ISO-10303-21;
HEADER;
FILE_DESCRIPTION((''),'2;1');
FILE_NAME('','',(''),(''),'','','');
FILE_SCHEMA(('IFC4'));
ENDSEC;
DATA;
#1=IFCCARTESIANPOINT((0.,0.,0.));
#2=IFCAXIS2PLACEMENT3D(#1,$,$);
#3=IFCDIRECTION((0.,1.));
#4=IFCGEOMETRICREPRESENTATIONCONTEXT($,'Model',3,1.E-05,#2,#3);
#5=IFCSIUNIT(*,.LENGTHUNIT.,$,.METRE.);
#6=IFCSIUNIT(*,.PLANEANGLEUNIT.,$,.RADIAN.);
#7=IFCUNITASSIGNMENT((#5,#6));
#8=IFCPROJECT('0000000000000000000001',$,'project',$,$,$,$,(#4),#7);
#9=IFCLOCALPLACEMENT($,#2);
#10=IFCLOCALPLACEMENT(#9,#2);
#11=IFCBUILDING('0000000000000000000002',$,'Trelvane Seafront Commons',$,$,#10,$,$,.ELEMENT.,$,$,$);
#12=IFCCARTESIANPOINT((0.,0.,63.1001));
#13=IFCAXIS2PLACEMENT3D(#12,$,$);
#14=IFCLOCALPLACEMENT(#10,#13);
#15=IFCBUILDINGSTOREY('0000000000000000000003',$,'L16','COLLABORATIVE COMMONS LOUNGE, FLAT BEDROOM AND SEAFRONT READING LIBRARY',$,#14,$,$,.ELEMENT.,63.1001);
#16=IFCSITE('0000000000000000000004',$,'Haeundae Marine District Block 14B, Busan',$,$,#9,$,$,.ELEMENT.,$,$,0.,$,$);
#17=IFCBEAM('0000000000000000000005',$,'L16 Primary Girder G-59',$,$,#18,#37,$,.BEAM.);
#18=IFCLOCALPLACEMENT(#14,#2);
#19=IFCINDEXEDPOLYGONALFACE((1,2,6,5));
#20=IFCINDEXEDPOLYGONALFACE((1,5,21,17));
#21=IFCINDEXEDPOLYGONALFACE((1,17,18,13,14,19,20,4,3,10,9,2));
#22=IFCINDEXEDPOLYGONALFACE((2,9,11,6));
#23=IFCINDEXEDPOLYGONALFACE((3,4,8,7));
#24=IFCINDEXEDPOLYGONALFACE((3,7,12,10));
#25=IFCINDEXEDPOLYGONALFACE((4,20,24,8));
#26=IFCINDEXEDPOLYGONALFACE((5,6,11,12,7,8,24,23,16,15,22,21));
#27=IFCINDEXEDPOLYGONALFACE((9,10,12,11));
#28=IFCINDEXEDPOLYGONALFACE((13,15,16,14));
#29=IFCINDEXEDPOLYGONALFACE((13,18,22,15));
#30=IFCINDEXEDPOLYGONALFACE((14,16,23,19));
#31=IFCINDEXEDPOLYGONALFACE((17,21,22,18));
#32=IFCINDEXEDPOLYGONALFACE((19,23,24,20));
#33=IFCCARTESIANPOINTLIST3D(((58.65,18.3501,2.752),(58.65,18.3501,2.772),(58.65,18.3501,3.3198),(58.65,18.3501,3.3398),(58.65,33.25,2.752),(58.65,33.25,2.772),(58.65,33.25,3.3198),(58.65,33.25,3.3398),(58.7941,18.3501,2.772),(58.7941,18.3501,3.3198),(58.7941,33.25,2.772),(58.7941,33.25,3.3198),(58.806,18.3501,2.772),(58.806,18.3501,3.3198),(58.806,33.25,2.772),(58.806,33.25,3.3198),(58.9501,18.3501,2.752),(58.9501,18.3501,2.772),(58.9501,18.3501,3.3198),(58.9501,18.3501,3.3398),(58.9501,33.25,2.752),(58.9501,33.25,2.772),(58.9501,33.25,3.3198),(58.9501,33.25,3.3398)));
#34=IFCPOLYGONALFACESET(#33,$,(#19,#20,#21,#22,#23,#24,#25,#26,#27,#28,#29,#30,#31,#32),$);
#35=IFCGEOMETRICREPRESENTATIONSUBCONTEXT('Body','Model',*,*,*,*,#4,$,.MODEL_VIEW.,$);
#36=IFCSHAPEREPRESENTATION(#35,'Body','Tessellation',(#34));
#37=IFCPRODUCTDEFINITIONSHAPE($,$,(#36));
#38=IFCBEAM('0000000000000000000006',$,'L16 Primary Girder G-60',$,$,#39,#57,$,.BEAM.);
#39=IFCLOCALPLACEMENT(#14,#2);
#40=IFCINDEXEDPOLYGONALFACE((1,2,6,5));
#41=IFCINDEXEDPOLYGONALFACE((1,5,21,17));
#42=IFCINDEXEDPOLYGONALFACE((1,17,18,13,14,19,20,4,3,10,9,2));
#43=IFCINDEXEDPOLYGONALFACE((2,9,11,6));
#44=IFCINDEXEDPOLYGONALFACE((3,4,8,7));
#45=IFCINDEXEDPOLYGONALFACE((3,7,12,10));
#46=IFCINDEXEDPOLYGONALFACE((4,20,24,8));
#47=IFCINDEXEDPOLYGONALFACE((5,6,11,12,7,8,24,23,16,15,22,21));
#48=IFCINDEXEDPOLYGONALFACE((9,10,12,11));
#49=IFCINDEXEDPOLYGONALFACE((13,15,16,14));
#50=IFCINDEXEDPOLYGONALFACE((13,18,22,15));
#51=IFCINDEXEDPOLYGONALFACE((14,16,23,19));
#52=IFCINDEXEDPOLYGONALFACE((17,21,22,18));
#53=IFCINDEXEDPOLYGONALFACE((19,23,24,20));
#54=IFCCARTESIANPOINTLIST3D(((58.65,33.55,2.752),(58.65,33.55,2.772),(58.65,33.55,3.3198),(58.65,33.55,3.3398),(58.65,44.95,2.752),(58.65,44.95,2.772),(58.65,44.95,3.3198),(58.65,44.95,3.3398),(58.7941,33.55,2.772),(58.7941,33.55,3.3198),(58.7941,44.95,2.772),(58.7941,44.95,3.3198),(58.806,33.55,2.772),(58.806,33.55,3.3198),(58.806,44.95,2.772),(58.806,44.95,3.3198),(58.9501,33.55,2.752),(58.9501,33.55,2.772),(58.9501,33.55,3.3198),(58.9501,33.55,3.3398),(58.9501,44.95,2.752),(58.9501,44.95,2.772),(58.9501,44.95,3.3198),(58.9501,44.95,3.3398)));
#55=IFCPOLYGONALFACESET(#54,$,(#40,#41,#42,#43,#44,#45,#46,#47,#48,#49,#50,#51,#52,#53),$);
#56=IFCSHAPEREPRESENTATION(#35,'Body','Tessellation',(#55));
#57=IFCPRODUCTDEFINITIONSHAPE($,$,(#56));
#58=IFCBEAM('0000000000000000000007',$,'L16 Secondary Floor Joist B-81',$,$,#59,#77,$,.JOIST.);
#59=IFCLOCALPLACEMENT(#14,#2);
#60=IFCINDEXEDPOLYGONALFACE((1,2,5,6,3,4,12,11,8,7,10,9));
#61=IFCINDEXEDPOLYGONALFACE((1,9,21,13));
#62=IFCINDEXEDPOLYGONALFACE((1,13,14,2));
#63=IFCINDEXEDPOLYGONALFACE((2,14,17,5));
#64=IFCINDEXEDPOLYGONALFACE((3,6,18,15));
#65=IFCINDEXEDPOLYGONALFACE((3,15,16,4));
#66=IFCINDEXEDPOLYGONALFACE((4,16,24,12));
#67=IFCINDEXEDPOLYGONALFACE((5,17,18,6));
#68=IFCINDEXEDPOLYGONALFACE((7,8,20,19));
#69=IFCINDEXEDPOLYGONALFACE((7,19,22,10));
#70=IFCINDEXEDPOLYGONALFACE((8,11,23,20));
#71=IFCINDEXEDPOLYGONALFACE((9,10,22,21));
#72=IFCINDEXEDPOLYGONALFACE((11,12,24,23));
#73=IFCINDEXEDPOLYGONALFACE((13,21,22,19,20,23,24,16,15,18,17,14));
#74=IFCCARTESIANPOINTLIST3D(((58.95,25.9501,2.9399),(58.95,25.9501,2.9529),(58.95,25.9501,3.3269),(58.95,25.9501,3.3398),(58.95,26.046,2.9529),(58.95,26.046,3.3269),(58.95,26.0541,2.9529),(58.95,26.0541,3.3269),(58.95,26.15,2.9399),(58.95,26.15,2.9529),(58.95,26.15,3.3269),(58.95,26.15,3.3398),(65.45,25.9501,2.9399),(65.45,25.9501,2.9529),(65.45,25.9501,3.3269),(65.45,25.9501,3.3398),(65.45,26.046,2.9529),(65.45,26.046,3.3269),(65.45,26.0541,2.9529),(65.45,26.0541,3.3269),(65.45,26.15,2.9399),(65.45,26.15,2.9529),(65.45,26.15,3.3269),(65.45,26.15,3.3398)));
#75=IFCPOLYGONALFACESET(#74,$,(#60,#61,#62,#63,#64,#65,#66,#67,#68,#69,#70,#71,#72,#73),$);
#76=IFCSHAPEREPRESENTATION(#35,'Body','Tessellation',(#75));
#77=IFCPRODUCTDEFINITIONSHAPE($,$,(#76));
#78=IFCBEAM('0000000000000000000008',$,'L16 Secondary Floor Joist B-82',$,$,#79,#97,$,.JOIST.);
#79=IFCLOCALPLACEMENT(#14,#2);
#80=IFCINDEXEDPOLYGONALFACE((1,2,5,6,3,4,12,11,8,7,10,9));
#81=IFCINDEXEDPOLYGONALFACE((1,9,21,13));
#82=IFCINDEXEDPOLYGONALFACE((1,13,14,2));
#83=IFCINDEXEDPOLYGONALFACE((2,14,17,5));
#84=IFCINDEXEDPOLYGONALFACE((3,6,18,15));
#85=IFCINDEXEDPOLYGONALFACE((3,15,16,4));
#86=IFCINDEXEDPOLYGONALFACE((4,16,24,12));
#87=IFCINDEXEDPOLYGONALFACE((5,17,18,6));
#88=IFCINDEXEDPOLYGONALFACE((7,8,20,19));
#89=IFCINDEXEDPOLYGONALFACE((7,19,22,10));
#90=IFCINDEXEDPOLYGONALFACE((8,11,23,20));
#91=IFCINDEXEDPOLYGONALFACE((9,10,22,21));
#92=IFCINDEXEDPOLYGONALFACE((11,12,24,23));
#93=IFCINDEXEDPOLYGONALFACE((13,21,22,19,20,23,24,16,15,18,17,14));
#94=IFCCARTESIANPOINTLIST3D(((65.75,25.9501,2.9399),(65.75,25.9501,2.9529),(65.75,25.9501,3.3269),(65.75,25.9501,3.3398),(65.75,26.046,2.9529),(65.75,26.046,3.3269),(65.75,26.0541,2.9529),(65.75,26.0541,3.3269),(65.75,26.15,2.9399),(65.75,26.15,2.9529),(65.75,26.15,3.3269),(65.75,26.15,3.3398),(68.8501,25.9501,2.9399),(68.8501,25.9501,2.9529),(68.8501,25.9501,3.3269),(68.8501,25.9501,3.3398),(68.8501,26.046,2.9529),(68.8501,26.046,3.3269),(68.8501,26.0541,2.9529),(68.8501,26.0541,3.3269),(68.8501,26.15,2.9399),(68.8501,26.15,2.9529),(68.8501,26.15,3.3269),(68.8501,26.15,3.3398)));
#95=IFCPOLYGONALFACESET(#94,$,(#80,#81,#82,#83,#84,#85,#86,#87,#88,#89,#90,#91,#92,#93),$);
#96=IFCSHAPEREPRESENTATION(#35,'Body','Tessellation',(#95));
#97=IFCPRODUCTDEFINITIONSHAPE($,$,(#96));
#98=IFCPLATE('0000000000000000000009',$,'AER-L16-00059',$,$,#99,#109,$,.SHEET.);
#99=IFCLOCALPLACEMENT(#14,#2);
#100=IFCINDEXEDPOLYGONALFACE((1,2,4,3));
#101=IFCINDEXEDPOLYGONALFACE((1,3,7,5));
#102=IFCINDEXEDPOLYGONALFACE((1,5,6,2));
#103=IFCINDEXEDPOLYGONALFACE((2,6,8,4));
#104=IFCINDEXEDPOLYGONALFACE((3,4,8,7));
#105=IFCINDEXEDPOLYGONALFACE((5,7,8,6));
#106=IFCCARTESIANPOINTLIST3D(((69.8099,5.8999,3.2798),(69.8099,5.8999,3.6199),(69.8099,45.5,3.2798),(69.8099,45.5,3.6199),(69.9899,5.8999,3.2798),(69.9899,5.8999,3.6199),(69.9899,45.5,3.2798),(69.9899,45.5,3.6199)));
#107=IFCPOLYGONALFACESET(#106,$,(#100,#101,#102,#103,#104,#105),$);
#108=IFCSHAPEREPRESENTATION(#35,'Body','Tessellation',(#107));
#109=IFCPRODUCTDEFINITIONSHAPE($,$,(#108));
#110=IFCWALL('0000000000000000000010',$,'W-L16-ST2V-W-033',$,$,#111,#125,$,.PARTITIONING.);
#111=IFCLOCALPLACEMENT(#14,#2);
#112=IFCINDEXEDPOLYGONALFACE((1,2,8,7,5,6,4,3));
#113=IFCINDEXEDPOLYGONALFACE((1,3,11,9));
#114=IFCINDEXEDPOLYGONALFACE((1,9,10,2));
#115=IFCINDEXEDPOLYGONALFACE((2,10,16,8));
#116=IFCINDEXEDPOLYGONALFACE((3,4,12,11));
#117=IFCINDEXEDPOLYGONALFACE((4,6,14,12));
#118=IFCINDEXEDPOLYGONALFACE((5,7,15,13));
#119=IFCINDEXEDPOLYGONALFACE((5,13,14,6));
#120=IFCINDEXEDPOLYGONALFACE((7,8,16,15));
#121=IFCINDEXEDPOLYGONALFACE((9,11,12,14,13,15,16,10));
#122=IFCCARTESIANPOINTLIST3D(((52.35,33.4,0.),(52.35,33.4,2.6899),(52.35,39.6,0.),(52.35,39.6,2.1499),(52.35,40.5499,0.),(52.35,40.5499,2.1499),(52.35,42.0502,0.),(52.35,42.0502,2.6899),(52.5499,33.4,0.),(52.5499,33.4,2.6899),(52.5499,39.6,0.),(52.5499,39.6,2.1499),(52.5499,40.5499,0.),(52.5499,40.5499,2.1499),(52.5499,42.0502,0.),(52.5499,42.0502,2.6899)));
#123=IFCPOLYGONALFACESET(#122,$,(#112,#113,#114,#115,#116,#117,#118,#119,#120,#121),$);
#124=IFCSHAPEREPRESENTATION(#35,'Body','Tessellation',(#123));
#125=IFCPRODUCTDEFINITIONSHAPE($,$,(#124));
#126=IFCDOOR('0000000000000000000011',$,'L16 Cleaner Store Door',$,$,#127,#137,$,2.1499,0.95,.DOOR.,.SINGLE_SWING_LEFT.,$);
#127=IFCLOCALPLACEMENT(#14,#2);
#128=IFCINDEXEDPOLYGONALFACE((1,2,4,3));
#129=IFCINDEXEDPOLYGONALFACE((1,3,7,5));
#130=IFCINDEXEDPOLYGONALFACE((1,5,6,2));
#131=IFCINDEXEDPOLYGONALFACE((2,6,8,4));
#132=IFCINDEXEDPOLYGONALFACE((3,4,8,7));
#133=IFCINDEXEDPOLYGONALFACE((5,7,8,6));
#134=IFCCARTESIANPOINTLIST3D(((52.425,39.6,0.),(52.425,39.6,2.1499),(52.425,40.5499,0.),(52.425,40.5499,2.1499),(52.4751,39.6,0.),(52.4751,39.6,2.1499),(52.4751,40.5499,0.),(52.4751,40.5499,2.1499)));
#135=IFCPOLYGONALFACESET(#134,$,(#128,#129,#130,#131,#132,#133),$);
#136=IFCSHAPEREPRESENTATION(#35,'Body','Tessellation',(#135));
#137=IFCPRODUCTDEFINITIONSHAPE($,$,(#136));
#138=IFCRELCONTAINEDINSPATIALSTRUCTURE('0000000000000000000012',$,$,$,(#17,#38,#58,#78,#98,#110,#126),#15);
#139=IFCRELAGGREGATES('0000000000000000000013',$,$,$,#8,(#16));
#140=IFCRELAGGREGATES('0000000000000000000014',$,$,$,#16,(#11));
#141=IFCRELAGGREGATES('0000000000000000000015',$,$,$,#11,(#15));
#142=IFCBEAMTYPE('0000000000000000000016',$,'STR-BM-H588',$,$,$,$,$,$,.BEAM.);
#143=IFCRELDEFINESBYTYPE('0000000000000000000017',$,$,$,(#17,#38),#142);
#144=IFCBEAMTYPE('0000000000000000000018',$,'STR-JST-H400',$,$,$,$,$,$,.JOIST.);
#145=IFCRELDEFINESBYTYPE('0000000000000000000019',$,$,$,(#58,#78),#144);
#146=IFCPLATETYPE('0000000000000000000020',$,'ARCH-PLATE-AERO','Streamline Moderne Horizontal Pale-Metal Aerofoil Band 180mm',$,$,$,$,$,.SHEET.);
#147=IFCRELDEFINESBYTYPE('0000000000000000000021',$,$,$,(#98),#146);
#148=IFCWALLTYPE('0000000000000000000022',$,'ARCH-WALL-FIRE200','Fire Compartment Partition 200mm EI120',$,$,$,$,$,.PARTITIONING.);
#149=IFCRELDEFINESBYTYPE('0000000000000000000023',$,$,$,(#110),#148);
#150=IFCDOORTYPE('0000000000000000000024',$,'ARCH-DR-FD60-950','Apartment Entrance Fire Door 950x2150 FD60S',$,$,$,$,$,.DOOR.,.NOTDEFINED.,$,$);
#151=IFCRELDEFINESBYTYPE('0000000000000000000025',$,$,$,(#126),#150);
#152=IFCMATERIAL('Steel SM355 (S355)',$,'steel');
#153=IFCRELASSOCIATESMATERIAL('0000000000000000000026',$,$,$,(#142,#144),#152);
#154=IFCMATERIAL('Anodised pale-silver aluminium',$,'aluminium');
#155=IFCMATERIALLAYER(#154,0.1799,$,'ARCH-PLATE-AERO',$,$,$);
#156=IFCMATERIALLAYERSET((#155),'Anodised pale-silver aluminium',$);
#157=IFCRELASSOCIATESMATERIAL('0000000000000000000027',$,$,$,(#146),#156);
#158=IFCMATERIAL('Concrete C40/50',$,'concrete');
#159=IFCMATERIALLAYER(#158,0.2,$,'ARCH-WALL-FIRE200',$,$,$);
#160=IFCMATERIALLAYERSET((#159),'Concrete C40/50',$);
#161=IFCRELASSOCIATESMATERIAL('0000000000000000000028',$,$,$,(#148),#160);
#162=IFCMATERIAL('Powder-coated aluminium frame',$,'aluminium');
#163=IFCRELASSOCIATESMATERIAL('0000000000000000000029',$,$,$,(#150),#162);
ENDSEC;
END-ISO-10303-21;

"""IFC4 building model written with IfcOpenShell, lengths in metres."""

from ifc_helpers import new_model, si_unit, direction, frame, frame_2d, origin, origin_2d, place, context, subcontext, project, spatial, rectangle, i_section, extrude, source, transform, mapped, material, layer, layer_set, material_profile, profile_set, type_object, element, fill, save


model = new_model("IFC4")

# Units and contexts
model_context = context("Model", 3, precision=1e-05, world=origin(), true_north=direction((0.0, 1.0)))
body_context = subcontext(model_context, "Body", "Model", "MODEL_VIEW")
ifc_project = project(units=[si_unit("LENGTHUNIT", "METRE"), si_unit("PLANEANGLEUNIT", "RADIAN")], contexts=[model_context])

# Site, building, storey
site_placement = place(None, origin())
site = spatial("IfcSite", under=ifc_project, at=site_placement, Name="Haeundae Marine District Block 14B, Busan", CompositionType="ELEMENT", RefElevation=0.0)
building_placement = place(site_placement, origin())
building = spatial("IfcBuilding", under=site, at=building_placement, Name="Trelvane Seafront Commons", CompositionType="ELEMENT")
storey_placement = place(building_placement, frame((0.0, 0.0, 63.1001)))
storey = spatial("IfcBuildingStorey", under=building, at=storey_placement, Name="L16", Description="COLLABORATIVE COMMONS LOUNGE, FLAT BEDROOM AND SEAFRONT READING LIBRARY", CompositionType="ELEMENT", Elevation=63.1001)

# Shared definitions
ifc_material_1 = material(Name="Steel SM355 (S355)", Category="steel")

# Beams
ifc_material_profile_1 = material_profile(ifc_material_1, i_section(OverallWidth=0.3, OverallDepth=0.5879, WebThickness=0.012, FlangeThickness=0.02, at=origin_2d()), Name="H-588x300x12x20")
ifc_profile_set_1 = profile_set([ifc_material_profile_1], Name="Steel SM355 (S355)")
beam_type_1 = type_object("IfcBeamType", Name="STR-BM-H588", PredefinedType="BEAM", material=ifc_profile_set_1)
shared_shape_1 = source(origin(), body_context, "Body", "SweptSolid", [
    extrude(i_section(OverallWidth=0.3, OverallDepth=0.5879, WebThickness=0.012, FlangeThickness=0.02, at=origin_2d()), origin(), (0.0, 0.0, 1.0), 14.8999),
])
beam_1_placement = place(storey_placement, frame((58.8, 18.3501, 3.0459), z_axis=(0.0, 1.0, 0.0), x_axis=(-1.0, 0.0, 0.0)))
element("IfcBeam", 1, at=beam_1_placement, inside=storey, type_object=beam_type_1, Name="L16 Primary Girder G-59", PredefinedType="BEAM", context=body_context, shape_type="MappedRepresentation", body=[
    mapped(shared_shape_1, transform((0.0, 0.0, 0.0), x_axis=(1.0, 0.0, 0.0), y_axis=(0.0, 1.0, 0.0), z_axis=(0.0, 0.0, 1.0), scale=1.0)),
])
shared_shape_2 = source(origin(), body_context, "Body", "SweptSolid", [
    extrude(i_section(OverallWidth=0.3, OverallDepth=0.5879, WebThickness=0.012, FlangeThickness=0.02, at=origin_2d()), origin(), (0.0, 0.0, 1.0), 11.3999),
])
beam_2_placement = place(storey_placement, frame((58.8, 33.55, 3.0459), z_axis=(0.0, 1.0, 0.0), x_axis=(-1.0, 0.0, 0.0)))
element("IfcBeam", 2, at=beam_2_placement, inside=storey, type_object=beam_type_1, Name="L16 Primary Girder G-60", PredefinedType="BEAM", context=body_context, shape_type="MappedRepresentation", body=[
    mapped(shared_shape_2, transform((0.0, 0.0, 0.0), x_axis=(1.0, 0.0, 0.0), y_axis=(0.0, 1.0, 0.0), z_axis=(0.0, 0.0, 1.0), scale=1.0)),
])
ifc_material_profile_2 = material_profile(ifc_material_1, i_section(OverallWidth=0.2, OverallDepth=0.3999, WebThickness=0.0081, FlangeThickness=0.0129, at=origin_2d()), Name="H-400x200x8x13")
ifc_profile_set_2 = profile_set([ifc_material_profile_2], Name="Steel SM355 (S355)")
beam_type_2 = type_object("IfcBeamType", Name="STR-JST-H400", PredefinedType="JOIST", material=ifc_profile_set_2)
shared_shape_3 = source(origin(), body_context, "Body", "SweptSolid", [
    extrude(i_section(OverallWidth=0.2, OverallDepth=0.3999, WebThickness=0.0081, FlangeThickness=0.0129, at=origin_2d()), origin(), (0.0, 0.0, 1.0), 6.5),
])
beam_3_placement = place(storey_placement, frame((58.95, 26.05, 3.1399), z_axis=(1.0, 0.0, 0.0), x_axis=(0.0, 1.0, 0.0)))
element("IfcBeam", 3, at=beam_3_placement, inside=storey, type_object=beam_type_2, Name="L16 Secondary Floor Joist B-81", PredefinedType="JOIST", context=body_context, shape_type="MappedRepresentation", body=[
    mapped(shared_shape_3, transform((0.0, 0.0, 0.0), x_axis=(1.0, 0.0, 0.0), y_axis=(0.0, 1.0, 0.0), z_axis=(0.0, 0.0, 1.0), scale=1.0)),
])
shared_shape_4 = source(origin(), body_context, "Body", "SweptSolid", [
    extrude(i_section(OverallWidth=0.2, OverallDepth=0.3999, WebThickness=0.0081, FlangeThickness=0.0129, at=origin_2d()), origin(), (0.0, 0.0, 1.0), 3.1001),
])
beam_4_placement = place(storey_placement, frame((65.75, 26.05, 3.1399), z_axis=(1.0, 0.0, 0.0), x_axis=(0.0, 1.0, 0.0)))
element("IfcBeam", 4, at=beam_4_placement, inside=storey, type_object=beam_type_2, Name="L16 Secondary Floor Joist B-82", PredefinedType="JOIST", context=body_context, shape_type="MappedRepresentation", body=[
    mapped(shared_shape_4, transform((0.0, 0.0, 0.0), x_axis=(1.0, 0.0, 0.0), y_axis=(0.0, 1.0, 0.0), z_axis=(0.0, 0.0, 1.0), scale=1.0)),
])

# Plate
ifc_material_2 = material(Name="Anodised pale-silver aluminium", Category="aluminium")
ifc_layer_1 = layer(ifc_material_2, 0.1799, Name="ARCH-PLATE-AERO")
ifc_layer_set_1 = layer_set([ifc_layer_1], Name="Anodised pale-silver aluminium")
plate_type = type_object("IfcPlateType", Name="ARCH-PLATE-AERO", Description="Streamline Moderne Horizontal Pale-Metal Aerofoil Band 180mm", PredefinedType="SHEET", material=ifc_layer_set_1)
shared_shape_5 = source(origin(), body_context, "Body", "SweptSolid", [
    extrude(rectangle(XDim=39.6001, YDim=0.1799, at=origin_2d()), origin(), (0.0, 0.0, 1.0), 0.3401),
])
plate_placement = place(storey_placement, frame((69.8999, 25.7, 3.2798), z_axis=(0.0, 0.0, 1.0), x_axis=(0.0, -1.0, 0.0)))
element("IfcPlate", 5, at=plate_placement, inside=storey, type_object=plate_type, Name="AER-L16-00059", PredefinedType="SHEET", context=body_context, shape_type="MappedRepresentation", body=[
    mapped(shared_shape_5, transform((0.0, 0.0, 0.0), x_axis=(1.0, 0.0, 0.0), y_axis=(0.0, 1.0, 0.0), z_axis=(0.0, 0.0, 1.0), scale=1.0)),
])

# Wall, opening, door
ifc_material_3 = material(Name="Concrete C40/50", Category="concrete")
ifc_layer_2 = layer(ifc_material_3, 0.2, Name="ARCH-WALL-FIRE200")
ifc_layer_set_2 = layer_set([ifc_layer_2], Name="Concrete C40/50")
wall_type_1 = type_object("IfcWallType", Name="ARCH-WALL-FIRE200", Description="Fire Compartment Partition 200mm EI120", PredefinedType="PARTITIONING", material=ifc_layer_set_2)
wall_1_placement = place(storey_placement, frame((52.45, 33.3999, 0.0), z_axis=(0.0, 0.0, 1.0), x_axis=(0.0, 1.0, 0.0)))
wall_1 = element("IfcWall", 6, at=wall_1_placement, inside=storey, type_object=wall_type_1, Name="W-L16-ST2V-W-033", PredefinedType="PARTITIONING", context=body_context, shape_type="SweptSolid", body=[
    extrude(rectangle(XDim=8.6501, YDim=0.2, at=frame_2d((4.3252, 0.0))), origin(), (0.0, 0.0, 1.0), 2.6899),
])
opening_1_placement = place(wall_1_placement, frame((6.2, 0.0, 0.0)))
opening_1 = element("IfcOpeningElement", 7, at=opening_1_placement, cuts=wall_1, PredefinedType="OPENING", context=body_context, shape_type="SweptSolid", body=[
    extrude(rectangle(XDim=0.95, YDim=2.1499, at=frame_2d((0.4751, 1.075))), frame((0.0, 0.1099, 0.0), z_axis=(0.0, -1.0, 0.0), x_axis=(1.0, 0.0, 0.0)), (0.0, 0.0, 1.0), 0.22),
])
ifc_material_4 = material(Name="Powder-coated aluminium frame", Category="aluminium")
door_type_1 = type_object("IfcDoorType", Name="ARCH-DR-FD60-950", Description="Apartment Entrance Fire Door 950x2150 FD60S", OperationType="NOTDEFINED", PredefinedType="DOOR", material=ifc_material_4)
shared_shape_6 = source(origin(), body_context, "Body", "SweptSolid", [
    extrude(rectangle(XDim=0.95, YDim=2.1499, at=frame_2d((0.4751, 1.075))), frame((0.0, 0.0249, 0.0), z_axis=(0.0, -1.0, 0.0), x_axis=(1.0, 0.0, 0.0)), (0.0, 0.0, 1.0), 0.05),
])
door_1_placement = place(opening_1_placement, origin())
door_1 = element("IfcDoor", 8, at=door_1_placement, inside=storey, type_object=door_type_1, Name="L16 Cleaner Store Door", OperationType="SINGLE_SWING_LEFT", OverallHeight=2.1499, OverallWidth=0.95, PredefinedType="DOOR", context=body_context, shape_type="MappedRepresentation", body=[
    mapped(shared_shape_6, transform((0.0, 0.0, 0.0), x_axis=(1.0, 0.0, 0.0), y_axis=(0.0, 1.0, 0.0), z_axis=(0.0, 0.0, 1.0), scale=1.0)),
])
fill(opening_1, door_1)

save(model, "model.ifc")
